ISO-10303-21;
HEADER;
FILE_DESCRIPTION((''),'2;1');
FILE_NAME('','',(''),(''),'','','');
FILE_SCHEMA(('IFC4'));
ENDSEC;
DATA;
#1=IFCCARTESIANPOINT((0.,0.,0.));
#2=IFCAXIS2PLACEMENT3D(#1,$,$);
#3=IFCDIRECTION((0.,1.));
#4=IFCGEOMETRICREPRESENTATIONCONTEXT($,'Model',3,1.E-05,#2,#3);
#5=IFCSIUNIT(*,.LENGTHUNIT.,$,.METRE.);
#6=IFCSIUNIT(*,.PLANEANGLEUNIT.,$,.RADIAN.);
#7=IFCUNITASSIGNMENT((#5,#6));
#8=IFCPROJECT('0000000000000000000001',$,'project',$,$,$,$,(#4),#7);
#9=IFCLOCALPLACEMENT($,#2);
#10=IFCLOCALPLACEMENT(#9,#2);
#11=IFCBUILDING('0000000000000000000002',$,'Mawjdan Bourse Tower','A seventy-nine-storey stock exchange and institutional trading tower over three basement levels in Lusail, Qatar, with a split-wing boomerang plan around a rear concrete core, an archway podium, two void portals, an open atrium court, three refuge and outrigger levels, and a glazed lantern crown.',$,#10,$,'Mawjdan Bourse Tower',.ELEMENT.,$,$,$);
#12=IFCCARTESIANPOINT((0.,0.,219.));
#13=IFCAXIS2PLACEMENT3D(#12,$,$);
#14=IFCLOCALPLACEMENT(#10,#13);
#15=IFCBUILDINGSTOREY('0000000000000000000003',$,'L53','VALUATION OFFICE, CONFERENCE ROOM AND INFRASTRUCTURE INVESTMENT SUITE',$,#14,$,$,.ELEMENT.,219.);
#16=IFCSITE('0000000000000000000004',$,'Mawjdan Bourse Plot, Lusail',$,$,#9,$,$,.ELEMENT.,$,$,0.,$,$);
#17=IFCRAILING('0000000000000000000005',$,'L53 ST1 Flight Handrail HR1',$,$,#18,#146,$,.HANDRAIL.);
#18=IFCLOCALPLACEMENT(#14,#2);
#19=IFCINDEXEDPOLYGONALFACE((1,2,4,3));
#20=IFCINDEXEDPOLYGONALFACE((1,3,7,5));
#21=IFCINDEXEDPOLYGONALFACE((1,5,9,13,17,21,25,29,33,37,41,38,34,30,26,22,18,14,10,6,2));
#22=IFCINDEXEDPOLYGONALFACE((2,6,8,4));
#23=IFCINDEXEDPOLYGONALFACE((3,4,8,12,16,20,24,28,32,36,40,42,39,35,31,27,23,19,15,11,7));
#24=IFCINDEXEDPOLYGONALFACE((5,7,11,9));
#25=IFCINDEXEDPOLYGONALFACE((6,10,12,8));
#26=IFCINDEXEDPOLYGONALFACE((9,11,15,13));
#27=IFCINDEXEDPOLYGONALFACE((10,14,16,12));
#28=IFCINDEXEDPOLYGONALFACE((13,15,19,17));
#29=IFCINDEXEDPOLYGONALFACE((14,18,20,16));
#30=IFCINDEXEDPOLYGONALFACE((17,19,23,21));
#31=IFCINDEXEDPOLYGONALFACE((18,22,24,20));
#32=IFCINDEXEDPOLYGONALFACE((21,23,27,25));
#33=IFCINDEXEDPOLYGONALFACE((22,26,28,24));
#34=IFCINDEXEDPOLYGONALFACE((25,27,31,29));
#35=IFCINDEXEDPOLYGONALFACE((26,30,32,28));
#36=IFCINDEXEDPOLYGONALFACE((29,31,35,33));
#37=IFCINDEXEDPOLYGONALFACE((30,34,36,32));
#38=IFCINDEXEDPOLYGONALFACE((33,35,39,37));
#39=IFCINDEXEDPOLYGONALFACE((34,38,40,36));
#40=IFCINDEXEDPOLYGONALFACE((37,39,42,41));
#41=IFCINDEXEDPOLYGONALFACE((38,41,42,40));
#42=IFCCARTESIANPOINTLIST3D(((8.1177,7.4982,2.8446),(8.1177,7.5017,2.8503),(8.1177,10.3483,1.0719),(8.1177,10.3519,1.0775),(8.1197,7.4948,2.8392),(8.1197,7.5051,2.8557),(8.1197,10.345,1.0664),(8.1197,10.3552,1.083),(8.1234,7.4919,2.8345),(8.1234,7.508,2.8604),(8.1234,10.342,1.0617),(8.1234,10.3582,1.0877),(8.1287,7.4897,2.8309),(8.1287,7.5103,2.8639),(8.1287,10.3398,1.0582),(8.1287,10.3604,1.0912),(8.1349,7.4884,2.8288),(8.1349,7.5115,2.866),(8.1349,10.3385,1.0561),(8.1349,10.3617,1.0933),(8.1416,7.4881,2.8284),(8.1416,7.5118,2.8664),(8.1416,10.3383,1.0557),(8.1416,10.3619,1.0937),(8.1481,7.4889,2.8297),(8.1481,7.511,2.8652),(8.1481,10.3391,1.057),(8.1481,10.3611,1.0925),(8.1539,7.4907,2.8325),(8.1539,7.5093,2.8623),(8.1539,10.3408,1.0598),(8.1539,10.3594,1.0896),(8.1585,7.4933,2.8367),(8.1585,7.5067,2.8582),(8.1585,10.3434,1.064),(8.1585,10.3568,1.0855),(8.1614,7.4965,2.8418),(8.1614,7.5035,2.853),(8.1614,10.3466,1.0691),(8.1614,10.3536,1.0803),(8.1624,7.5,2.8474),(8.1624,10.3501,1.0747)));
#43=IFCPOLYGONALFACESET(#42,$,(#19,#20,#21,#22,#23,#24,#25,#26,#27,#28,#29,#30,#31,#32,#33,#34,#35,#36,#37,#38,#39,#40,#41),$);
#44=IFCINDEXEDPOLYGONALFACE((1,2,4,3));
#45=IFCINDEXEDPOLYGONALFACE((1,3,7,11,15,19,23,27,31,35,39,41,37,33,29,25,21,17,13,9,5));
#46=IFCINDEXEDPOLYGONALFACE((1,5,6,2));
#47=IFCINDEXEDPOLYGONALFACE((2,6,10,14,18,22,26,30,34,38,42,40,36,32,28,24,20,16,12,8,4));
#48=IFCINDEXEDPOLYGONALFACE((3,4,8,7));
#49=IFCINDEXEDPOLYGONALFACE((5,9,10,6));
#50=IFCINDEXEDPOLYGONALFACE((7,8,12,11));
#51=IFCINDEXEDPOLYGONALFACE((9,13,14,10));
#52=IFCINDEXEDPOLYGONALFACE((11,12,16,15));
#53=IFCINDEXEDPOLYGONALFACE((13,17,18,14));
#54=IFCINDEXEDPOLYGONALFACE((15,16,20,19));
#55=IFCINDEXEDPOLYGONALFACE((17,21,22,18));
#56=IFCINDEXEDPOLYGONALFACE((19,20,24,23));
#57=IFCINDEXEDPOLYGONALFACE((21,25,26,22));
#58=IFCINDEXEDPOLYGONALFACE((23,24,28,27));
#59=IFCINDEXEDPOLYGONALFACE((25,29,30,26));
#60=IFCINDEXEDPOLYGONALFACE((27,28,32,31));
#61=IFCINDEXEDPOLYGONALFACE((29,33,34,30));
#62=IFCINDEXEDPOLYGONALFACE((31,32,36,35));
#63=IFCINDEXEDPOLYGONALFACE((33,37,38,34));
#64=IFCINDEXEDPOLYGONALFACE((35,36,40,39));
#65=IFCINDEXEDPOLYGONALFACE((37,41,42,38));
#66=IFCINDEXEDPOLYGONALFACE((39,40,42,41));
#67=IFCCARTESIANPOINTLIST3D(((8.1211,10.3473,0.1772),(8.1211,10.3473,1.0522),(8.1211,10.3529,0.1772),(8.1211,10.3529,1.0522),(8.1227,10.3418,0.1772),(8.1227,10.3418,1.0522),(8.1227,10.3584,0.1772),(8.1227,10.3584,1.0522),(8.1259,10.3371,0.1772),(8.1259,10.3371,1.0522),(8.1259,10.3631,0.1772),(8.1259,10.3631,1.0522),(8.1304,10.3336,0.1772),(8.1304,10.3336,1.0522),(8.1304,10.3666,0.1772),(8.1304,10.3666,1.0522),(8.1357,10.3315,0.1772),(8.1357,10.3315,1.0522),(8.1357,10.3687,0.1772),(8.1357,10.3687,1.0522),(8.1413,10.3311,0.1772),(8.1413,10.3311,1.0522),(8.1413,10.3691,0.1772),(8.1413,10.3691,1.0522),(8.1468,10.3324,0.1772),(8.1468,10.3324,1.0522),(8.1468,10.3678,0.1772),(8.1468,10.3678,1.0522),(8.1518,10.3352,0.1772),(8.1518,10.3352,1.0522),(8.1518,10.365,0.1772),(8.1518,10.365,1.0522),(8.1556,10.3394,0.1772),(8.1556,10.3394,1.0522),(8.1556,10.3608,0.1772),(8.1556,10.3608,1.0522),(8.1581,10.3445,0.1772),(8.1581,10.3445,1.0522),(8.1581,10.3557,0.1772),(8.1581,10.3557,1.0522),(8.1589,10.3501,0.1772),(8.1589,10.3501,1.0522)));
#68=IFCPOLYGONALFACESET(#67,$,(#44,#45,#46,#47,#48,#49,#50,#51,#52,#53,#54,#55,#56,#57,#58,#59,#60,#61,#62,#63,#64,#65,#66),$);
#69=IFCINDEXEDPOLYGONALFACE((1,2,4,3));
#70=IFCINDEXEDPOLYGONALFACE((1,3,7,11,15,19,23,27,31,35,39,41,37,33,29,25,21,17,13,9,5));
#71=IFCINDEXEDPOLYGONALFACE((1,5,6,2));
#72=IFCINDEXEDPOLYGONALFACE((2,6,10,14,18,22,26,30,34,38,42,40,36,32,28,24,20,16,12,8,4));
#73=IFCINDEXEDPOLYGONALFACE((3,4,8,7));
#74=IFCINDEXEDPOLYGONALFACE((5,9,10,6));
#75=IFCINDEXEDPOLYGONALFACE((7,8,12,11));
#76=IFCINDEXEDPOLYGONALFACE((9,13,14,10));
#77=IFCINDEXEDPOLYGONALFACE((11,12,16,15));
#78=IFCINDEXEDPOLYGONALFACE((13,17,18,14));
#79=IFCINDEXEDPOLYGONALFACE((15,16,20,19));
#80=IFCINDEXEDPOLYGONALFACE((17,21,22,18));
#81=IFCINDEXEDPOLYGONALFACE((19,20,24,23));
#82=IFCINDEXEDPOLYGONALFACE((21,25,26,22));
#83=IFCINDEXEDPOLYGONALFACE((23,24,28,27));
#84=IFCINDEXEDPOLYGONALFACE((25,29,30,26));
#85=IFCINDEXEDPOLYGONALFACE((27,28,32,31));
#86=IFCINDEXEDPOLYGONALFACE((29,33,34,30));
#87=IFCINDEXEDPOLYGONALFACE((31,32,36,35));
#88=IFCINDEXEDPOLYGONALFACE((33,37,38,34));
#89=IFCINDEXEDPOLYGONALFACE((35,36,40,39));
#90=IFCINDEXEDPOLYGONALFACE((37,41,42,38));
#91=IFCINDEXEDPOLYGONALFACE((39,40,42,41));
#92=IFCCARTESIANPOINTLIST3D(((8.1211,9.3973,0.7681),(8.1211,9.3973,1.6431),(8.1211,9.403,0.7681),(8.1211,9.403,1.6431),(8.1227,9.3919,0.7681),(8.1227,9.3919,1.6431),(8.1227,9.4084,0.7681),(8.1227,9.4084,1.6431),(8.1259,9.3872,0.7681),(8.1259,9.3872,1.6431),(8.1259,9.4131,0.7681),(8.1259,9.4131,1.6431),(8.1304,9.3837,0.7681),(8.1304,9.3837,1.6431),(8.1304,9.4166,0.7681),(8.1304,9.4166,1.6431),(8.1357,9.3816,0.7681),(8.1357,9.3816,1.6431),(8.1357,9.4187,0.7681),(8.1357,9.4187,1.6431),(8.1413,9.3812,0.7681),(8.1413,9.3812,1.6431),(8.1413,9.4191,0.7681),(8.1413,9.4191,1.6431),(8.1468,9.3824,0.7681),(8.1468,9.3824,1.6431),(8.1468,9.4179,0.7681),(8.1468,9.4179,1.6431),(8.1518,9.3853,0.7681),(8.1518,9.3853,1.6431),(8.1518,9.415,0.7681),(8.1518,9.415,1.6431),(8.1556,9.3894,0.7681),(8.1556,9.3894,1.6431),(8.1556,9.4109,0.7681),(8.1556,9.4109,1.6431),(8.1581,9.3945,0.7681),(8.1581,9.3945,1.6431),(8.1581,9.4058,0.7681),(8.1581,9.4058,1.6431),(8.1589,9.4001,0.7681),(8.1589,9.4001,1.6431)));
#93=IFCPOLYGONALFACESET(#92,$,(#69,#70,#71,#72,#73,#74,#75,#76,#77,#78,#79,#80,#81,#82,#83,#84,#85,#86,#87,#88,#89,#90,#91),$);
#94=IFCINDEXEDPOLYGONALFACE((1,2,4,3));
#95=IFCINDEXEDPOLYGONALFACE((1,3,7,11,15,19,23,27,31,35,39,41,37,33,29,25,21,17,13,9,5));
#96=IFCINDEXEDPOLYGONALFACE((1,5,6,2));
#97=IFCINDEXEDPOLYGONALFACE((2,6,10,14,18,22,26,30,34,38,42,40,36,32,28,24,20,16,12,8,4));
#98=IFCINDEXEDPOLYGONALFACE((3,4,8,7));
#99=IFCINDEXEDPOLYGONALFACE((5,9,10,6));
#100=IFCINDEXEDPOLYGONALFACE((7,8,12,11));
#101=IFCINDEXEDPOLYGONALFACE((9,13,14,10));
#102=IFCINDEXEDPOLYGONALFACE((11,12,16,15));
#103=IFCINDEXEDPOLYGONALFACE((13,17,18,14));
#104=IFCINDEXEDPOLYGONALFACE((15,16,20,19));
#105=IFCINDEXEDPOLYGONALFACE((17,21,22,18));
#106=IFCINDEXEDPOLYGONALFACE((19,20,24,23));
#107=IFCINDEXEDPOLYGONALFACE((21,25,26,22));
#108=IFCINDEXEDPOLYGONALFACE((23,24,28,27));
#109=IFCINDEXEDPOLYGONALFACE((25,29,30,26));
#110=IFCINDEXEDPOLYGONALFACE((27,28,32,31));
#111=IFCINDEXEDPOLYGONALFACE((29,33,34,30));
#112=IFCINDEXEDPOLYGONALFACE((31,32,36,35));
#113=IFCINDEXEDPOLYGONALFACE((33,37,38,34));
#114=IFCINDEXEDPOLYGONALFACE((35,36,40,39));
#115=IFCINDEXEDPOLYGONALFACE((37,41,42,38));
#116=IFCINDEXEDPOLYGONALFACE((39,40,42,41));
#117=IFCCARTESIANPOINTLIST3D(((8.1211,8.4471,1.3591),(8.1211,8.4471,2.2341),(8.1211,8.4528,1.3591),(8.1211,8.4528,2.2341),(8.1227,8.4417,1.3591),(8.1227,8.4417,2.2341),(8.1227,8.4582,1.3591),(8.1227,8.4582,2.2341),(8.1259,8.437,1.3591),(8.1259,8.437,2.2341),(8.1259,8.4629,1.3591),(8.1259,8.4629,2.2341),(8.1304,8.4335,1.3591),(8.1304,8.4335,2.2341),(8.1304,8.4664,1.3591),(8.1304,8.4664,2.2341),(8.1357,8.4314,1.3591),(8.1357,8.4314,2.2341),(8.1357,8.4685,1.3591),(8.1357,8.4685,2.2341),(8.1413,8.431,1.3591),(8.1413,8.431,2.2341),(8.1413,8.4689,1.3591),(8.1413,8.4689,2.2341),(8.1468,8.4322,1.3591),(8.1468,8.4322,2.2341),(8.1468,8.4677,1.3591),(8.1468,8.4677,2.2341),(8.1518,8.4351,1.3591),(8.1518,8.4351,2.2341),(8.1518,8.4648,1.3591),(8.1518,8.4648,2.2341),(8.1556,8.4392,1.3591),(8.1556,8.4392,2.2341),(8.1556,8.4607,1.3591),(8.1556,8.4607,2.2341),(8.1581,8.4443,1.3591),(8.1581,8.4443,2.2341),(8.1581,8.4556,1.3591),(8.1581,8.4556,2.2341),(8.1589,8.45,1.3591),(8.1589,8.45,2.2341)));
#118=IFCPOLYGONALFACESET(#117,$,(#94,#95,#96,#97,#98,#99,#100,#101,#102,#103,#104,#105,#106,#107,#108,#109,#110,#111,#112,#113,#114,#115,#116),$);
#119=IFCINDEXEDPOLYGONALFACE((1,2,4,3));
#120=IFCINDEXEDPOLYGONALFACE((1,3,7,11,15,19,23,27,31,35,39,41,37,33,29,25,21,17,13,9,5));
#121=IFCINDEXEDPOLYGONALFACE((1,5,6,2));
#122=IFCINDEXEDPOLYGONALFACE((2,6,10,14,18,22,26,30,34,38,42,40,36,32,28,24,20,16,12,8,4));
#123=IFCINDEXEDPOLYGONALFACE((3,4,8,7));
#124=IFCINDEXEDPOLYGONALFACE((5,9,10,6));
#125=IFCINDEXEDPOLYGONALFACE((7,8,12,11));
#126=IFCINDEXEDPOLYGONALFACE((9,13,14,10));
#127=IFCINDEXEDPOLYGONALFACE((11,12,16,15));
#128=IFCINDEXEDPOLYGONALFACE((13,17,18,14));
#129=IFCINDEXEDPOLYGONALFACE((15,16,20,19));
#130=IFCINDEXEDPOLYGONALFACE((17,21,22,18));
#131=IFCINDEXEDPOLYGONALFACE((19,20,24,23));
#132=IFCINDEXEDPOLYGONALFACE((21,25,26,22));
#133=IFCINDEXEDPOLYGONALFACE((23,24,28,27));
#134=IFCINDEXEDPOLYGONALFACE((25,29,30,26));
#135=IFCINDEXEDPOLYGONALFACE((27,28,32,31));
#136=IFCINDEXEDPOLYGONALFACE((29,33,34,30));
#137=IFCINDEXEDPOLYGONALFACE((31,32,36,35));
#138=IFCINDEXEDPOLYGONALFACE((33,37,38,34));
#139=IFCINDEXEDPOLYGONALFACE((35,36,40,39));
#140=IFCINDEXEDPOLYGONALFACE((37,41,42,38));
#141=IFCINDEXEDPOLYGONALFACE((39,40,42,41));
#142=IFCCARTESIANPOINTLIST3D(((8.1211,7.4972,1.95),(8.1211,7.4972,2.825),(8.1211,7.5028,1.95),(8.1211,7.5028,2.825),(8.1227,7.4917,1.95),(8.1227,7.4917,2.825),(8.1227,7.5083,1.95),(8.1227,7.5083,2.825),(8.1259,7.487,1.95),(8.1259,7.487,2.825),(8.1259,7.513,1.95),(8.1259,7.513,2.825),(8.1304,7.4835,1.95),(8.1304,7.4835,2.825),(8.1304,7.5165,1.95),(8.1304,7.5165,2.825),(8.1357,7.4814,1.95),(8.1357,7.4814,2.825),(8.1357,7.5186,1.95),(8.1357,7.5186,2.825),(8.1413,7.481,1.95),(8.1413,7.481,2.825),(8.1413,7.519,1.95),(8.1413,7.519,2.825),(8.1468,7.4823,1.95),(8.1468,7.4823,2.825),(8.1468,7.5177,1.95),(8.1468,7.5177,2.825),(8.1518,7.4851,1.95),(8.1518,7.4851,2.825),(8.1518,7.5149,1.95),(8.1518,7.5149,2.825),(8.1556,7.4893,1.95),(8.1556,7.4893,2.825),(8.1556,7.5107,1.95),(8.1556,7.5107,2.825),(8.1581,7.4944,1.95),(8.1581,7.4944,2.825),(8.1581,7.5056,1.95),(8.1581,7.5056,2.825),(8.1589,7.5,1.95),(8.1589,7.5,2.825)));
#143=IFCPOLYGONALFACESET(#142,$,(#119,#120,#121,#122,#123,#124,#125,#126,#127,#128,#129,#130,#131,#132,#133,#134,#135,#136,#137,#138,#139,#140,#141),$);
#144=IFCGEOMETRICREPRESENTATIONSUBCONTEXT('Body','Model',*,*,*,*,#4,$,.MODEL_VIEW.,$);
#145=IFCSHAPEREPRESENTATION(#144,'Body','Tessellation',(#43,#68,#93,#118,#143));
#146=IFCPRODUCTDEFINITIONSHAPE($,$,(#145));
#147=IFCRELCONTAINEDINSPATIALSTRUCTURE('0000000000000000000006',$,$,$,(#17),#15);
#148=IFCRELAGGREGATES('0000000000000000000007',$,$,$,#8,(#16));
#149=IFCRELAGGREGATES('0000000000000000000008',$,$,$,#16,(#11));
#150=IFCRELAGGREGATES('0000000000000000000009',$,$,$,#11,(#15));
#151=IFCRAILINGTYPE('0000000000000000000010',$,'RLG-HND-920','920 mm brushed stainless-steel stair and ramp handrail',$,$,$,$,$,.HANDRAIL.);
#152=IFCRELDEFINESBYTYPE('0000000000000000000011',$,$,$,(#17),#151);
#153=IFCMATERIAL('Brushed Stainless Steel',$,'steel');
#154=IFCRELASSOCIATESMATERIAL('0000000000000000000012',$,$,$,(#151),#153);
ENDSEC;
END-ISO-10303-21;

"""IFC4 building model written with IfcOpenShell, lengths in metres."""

from ifc_helpers import new_model, si_unit, direction, frame, origin, origin_2d, place, context, subcontext, project, spatial, circle, extrude, material, type_object, element, save


model = new_model("IFC4")

# Units and contexts
model_context = context("Model", 3, precision=1e-05, world=origin(), true_north=direction((0.0, 1.0)))
body_context = subcontext(model_context, "Body", "Model", "MODEL_VIEW")
ifc_project = project(units=[si_unit("LENGTHUNIT", "METRE"), si_unit("PLANEANGLEUNIT", "RADIAN")], contexts=[model_context])

# Site, building, storey
site_placement = place(None, origin())
site = spatial("IfcSite", under=ifc_project, at=site_placement, Name="Mawjdan Bourse Plot, Lusail", CompositionType="ELEMENT", RefElevation=0.0)
building_placement = place(site_placement, origin())
building = spatial("IfcBuilding", under=site, at=building_placement, Name="Mawjdan Bourse Tower", Description="A seventy-nine-storey stock exchange and institutional trading tower over three basement levels in Lusail, Qatar, with a split-wing boomerang plan around a rear concrete core, an archway podium, two void portals, an open atrium court, three refuge and outrigger levels, and a glazed lantern crown.", LongName="Mawjdan Bourse Tower", CompositionType="ELEMENT")
storey_placement = place(building_placement, frame((0.0, 0.0, 219.0)))
storey = spatial("IfcBuildingStorey", under=building, at=storey_placement, Name="L53", Description="VALUATION OFFICE, CONFERENCE ROOM AND INFRASTRUCTURE INVESTMENT SUITE", CompositionType="ELEMENT", Elevation=219.0)

# Railing
ifc_material_1 = material(Name="Brushed Stainless Steel", Category="steel")
railing_type_1 = type_object("IfcRailingType", Name="RLG-HND-920", Description="920 mm brushed stainless-steel stair and ramp handrail", PredefinedType="HANDRAIL", material=ifc_material_1)
railing_1_placement = place(storey_placement, frame((8.1399, 10.3501, 0.1772)))
element("IfcRailing", 1, at=railing_1_placement, inside=storey, type_object=railing_type_1, Name="L53 ST1 Flight Handrail HR1", PredefinedType="HANDRAIL", context=body_context, shape_type="SweptSolid", body=[
    extrude(circle(Radius=0.0225, at=origin_2d()), frame((0.0, 0.0, 0.8975), z_axis=(0.0, -0.849149, 0.528154), x_axis=(1.0, 0.0, 0.0)), (0.0, 0.0, 1.0), 3.3564),
    extrude(circle(Radius=0.019, at=origin_2d()), origin(), (0.0, 0.0, 1.0), 0.875),
    extrude(circle(Radius=0.019, at=origin_2d()), frame((0.0, -0.95, 0.5908)), (0.0, 0.0, 1.0), 0.875),
    extrude(circle(Radius=0.019, at=origin_2d()), frame((0.0, -1.9001, 1.1819)), (0.0, 0.0, 1.0), 0.875),
    extrude(circle(Radius=0.019, at=origin_2d()), frame((0.0, -2.8501, 1.7727)), (0.0, 0.0, 1.0), 0.875),
])

save(model, "model.ifc")
